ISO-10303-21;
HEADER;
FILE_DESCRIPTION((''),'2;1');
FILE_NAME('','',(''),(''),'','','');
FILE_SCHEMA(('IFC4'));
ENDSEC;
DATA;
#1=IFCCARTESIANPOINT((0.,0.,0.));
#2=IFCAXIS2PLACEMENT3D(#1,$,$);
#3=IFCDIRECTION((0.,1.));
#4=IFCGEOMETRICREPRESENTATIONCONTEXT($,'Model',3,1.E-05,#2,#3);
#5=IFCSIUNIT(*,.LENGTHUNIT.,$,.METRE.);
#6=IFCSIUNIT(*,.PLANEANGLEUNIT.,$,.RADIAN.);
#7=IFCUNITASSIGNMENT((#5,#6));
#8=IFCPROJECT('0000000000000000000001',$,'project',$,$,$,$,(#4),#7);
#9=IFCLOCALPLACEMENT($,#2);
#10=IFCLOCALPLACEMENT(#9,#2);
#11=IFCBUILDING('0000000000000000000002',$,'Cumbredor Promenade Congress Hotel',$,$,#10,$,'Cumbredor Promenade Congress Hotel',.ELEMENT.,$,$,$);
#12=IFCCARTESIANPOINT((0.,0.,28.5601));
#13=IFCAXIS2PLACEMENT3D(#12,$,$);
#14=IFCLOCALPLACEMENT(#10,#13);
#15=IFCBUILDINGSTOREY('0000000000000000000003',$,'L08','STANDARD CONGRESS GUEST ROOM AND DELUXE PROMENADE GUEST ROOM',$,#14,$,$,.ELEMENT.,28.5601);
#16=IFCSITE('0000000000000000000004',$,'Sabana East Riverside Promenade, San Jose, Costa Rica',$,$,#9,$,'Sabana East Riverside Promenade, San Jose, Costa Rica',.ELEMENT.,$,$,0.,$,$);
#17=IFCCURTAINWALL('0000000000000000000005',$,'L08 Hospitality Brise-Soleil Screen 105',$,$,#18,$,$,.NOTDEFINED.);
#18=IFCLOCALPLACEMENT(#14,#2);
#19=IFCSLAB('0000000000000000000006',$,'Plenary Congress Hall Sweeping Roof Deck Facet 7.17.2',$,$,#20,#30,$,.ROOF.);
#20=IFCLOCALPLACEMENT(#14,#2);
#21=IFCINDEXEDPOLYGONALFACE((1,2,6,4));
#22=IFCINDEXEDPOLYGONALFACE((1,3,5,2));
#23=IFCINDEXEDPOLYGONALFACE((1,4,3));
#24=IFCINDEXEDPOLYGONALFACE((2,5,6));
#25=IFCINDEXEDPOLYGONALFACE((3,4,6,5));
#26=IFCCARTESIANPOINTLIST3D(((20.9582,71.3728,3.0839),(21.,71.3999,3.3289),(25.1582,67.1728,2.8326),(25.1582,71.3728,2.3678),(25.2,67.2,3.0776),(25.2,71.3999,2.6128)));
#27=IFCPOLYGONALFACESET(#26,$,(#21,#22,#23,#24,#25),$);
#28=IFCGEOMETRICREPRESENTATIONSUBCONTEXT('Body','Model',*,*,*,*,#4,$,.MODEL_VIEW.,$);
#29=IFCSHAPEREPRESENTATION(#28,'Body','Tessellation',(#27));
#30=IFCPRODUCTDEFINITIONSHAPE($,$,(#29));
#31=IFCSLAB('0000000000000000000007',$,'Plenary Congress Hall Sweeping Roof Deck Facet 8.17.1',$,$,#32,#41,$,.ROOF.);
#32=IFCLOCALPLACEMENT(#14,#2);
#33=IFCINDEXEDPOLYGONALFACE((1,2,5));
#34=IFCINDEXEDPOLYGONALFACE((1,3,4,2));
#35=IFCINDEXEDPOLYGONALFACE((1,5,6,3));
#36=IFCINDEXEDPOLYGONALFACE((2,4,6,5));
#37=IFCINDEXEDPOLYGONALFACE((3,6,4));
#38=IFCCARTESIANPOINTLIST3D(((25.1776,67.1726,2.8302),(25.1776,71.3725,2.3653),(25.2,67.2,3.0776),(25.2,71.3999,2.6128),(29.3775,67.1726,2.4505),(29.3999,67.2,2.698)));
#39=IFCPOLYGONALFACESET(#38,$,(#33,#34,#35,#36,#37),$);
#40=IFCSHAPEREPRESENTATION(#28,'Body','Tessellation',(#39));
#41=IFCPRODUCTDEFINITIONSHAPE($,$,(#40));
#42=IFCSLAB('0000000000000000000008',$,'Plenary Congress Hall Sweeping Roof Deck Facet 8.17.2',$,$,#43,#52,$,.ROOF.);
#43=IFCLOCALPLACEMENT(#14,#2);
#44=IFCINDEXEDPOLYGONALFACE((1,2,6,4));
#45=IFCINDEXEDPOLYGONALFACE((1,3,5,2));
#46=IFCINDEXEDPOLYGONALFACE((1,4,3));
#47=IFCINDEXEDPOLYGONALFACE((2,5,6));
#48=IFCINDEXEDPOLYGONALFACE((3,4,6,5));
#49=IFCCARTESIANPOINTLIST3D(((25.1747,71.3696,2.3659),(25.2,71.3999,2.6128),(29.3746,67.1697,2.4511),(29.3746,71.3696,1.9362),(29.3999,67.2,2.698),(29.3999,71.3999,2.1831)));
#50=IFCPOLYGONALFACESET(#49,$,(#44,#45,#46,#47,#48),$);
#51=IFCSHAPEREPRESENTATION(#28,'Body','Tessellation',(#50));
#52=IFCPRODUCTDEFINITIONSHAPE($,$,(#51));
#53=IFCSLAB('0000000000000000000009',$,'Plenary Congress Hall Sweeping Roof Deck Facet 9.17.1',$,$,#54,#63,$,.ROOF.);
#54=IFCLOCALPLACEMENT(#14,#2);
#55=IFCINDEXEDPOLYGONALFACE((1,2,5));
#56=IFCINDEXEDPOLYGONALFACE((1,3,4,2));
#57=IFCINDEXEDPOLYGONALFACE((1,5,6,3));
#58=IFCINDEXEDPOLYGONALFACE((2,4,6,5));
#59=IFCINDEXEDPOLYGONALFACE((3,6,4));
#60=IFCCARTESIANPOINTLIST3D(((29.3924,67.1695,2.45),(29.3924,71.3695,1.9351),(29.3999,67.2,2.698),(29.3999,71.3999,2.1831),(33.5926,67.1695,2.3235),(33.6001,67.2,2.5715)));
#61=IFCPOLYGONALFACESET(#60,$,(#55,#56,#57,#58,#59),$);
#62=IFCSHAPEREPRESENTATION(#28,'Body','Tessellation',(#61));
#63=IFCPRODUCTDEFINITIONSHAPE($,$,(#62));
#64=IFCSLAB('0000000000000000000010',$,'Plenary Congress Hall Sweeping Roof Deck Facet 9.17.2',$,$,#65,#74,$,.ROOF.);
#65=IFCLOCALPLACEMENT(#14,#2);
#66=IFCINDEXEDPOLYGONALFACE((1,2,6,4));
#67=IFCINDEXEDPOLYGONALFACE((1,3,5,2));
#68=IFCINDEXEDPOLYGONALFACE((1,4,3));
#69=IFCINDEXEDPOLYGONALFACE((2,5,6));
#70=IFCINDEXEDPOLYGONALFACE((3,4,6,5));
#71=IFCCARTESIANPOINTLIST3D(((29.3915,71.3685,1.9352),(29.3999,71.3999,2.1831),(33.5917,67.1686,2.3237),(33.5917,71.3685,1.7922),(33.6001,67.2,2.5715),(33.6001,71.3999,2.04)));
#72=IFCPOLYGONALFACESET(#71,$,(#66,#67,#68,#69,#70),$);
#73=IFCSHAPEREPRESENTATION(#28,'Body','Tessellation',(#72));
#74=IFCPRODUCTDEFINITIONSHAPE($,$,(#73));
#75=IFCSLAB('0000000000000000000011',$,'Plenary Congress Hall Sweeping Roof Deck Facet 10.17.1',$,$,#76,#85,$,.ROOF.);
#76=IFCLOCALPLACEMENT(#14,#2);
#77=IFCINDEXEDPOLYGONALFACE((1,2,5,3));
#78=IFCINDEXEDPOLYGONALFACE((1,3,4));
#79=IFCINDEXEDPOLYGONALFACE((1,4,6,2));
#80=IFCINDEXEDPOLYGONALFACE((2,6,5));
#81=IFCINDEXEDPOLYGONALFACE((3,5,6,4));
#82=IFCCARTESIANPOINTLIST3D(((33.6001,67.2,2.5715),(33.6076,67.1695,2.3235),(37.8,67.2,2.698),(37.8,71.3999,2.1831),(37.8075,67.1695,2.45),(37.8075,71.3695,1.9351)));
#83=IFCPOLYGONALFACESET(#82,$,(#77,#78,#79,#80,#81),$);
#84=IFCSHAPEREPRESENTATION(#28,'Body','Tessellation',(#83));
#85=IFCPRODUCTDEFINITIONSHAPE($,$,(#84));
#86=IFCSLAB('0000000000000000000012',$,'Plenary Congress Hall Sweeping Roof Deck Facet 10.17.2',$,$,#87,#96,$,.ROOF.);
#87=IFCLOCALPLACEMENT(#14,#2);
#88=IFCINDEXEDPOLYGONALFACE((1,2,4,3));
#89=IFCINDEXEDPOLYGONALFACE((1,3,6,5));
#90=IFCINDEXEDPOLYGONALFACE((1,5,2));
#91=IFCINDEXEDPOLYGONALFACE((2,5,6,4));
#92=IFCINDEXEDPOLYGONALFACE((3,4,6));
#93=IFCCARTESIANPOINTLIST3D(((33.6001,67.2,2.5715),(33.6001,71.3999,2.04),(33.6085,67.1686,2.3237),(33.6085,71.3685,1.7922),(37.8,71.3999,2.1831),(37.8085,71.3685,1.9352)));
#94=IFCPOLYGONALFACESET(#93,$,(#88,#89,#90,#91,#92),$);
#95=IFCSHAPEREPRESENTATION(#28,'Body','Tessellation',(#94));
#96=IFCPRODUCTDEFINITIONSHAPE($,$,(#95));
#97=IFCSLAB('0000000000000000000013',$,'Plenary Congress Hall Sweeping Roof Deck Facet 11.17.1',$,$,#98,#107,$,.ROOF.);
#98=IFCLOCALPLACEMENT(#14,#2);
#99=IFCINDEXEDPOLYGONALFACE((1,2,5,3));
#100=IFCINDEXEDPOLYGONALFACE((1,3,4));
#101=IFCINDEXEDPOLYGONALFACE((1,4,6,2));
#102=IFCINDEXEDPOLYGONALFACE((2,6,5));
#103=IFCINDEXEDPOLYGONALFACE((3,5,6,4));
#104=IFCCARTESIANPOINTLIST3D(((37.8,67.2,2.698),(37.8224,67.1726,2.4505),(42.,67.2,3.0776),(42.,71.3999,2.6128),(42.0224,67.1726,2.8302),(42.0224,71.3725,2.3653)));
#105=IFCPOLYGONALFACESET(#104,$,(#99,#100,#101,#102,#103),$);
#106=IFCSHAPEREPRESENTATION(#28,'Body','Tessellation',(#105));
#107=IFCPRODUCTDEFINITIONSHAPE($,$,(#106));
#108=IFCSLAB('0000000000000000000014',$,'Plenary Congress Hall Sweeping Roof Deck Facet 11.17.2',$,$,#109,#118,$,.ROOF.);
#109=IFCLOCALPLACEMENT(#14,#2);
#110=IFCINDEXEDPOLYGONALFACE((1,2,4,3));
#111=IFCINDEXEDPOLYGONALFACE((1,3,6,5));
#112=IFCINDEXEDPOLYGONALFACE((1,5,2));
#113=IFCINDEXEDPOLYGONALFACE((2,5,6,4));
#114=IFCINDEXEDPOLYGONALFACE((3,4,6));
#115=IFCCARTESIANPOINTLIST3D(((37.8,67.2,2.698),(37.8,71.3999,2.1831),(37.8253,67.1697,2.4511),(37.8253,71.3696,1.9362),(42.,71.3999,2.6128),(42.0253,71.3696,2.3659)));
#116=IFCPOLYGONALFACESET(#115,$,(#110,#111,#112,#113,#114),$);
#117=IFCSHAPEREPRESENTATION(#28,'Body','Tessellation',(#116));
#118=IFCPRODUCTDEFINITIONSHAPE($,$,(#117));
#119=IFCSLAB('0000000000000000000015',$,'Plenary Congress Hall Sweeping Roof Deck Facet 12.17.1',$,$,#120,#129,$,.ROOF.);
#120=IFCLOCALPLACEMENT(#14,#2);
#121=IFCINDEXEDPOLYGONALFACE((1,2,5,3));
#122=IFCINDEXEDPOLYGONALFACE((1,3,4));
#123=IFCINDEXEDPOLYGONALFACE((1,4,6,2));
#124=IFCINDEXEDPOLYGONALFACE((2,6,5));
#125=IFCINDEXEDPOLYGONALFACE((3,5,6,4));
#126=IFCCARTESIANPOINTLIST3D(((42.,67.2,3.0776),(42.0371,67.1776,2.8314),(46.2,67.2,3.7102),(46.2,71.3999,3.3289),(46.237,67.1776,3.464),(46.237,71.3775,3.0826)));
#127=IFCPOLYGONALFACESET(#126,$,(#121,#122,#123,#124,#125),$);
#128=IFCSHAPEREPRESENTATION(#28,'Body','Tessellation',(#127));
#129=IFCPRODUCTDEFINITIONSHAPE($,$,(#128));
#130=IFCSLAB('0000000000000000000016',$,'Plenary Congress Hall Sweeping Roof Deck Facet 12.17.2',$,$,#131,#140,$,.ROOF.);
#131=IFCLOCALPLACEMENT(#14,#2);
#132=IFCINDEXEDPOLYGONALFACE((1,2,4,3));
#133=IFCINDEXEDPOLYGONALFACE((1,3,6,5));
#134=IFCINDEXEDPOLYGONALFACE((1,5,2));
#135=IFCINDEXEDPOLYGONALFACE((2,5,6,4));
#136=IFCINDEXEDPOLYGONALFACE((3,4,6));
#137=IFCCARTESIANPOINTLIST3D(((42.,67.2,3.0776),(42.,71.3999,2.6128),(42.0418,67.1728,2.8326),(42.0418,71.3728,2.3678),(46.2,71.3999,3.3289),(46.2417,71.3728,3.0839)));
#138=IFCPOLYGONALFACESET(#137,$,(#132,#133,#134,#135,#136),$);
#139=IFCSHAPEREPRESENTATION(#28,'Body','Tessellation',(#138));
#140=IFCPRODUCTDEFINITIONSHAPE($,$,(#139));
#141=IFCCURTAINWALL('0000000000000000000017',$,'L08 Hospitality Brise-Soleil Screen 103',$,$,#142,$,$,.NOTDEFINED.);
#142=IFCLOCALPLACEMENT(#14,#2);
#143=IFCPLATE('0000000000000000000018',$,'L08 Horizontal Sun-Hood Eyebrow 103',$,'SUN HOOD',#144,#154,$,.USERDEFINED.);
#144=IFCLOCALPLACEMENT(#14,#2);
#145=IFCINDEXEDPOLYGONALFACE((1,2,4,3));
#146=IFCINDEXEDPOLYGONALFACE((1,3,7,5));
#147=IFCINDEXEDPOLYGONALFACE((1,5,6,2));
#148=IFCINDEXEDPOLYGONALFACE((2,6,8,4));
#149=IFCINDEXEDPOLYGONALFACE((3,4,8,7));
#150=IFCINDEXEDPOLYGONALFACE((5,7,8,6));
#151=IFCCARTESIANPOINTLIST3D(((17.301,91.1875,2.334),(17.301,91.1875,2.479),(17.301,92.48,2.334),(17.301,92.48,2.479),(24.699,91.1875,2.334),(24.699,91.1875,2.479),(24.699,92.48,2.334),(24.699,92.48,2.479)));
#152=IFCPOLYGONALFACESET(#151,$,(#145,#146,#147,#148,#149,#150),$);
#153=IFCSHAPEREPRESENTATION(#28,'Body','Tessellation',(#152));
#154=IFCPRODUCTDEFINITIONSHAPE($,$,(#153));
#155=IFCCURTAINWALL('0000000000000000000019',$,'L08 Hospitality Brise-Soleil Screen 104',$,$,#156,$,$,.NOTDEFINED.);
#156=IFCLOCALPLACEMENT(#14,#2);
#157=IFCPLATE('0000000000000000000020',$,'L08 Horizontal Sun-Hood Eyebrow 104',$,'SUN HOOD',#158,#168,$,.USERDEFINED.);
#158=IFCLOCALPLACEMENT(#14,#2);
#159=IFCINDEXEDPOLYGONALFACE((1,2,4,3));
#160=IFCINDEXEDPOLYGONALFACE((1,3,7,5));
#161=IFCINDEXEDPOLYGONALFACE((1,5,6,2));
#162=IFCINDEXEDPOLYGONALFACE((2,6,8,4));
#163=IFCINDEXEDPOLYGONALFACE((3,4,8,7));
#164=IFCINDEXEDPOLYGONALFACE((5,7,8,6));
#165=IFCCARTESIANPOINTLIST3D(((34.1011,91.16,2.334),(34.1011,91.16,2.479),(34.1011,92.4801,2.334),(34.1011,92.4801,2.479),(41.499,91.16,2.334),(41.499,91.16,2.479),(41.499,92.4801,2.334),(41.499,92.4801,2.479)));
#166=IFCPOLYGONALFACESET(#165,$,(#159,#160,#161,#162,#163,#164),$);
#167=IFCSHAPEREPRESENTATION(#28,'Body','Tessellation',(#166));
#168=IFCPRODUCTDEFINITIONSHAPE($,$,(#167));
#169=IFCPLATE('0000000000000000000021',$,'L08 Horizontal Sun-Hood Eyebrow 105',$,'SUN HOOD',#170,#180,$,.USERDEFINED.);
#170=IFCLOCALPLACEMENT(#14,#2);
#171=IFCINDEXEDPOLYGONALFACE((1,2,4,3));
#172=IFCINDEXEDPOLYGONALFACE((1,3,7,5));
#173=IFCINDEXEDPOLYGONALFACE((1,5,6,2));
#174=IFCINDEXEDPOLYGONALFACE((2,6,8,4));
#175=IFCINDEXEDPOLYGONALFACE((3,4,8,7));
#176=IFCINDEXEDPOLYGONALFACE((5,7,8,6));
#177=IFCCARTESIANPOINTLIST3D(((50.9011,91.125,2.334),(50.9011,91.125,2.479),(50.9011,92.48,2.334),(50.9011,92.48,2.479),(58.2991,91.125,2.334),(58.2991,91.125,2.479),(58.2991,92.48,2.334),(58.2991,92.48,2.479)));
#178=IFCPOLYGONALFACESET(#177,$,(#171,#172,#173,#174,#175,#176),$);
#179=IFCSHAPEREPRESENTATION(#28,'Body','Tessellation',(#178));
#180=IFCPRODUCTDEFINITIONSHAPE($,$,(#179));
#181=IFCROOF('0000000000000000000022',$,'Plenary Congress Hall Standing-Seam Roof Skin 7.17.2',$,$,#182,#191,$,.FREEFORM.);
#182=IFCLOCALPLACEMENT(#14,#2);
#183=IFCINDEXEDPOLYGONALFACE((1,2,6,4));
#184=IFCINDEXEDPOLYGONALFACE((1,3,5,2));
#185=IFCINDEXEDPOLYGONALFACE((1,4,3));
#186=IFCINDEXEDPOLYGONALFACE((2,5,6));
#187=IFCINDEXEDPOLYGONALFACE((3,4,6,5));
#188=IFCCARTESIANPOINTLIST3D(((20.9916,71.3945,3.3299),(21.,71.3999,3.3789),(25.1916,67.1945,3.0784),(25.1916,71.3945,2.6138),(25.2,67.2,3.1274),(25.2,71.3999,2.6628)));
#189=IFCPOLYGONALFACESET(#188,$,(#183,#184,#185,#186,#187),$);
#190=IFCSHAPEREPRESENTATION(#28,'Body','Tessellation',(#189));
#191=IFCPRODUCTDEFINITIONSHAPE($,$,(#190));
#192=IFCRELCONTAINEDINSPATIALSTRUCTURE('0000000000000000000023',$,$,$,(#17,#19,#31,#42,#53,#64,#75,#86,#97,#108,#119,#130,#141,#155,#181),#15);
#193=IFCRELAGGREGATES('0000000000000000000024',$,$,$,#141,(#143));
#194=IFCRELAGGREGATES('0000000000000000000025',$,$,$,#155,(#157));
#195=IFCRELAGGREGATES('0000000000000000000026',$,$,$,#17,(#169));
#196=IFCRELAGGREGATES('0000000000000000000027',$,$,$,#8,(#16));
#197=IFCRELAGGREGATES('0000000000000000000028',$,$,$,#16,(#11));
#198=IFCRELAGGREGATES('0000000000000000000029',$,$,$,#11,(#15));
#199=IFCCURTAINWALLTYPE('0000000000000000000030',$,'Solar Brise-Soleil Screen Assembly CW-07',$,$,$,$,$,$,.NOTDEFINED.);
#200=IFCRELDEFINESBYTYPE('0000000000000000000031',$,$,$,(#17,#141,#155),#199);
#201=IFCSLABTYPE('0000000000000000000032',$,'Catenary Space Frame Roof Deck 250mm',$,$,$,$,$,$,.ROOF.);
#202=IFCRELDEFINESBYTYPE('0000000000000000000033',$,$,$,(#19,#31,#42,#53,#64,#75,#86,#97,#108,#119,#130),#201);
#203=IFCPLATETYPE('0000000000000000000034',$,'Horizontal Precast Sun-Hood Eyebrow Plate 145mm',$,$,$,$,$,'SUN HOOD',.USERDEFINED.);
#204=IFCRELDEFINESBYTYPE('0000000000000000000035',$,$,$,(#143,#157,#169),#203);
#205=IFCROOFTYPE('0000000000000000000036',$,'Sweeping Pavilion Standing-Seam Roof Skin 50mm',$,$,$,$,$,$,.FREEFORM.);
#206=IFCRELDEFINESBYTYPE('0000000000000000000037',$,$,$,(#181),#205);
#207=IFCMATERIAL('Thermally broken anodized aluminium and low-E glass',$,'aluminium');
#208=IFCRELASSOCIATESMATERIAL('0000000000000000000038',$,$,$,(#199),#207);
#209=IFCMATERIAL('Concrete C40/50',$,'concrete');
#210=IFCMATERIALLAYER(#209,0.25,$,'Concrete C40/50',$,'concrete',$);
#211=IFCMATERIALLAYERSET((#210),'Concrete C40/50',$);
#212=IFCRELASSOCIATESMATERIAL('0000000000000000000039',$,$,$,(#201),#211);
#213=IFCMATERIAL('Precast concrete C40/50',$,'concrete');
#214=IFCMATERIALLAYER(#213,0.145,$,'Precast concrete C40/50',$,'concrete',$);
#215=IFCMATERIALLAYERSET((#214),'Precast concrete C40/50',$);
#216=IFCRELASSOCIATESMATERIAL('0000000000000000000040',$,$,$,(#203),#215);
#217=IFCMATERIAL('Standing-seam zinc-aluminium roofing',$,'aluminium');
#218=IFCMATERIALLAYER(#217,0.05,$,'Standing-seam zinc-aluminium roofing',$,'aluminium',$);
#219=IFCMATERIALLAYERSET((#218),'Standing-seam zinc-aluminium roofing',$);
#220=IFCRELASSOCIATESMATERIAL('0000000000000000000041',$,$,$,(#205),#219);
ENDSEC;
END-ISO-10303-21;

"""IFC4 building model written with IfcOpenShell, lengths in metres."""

from ifc_helpers import new_model, si_unit, direction, frame, origin, origin_2d, place, context, subcontext, project, spatial, polyline, rectangle, outline, extrude, material, layer, layer_set, type_object, element, aggregate, save


model = new_model("IFC4")

# Units and contexts
model_context = context("Model", 3, precision=1e-05, world=origin(), true_north=direction((0.0, 1.0)))
body_context = subcontext(model_context, "Body", "Model", "MODEL_VIEW")
ifc_project = project(units=[si_unit("LENGTHUNIT", "METRE"), si_unit("PLANEANGLEUNIT", "RADIAN")], contexts=[model_context])

# Site, building, storey
site_placement = place(None, origin())
site = spatial("IfcSite", under=ifc_project, at=site_placement, Name="Sabana East Riverside Promenade, San Jose, Costa Rica", LongName="Sabana East Riverside Promenade, San Jose, Costa Rica", CompositionType="ELEMENT", RefElevation=0.0)
building_placement = place(site_placement, origin())
building = spatial("IfcBuilding", under=site, at=building_placement, Name="Cumbredor Promenade Congress Hotel", LongName="Cumbredor Promenade Congress Hotel", CompositionType="ELEMENT")
storey_placement = place(building_placement, frame((0.0, 0.0, 28.5601)))
storey = spatial("IfcBuildingStorey", under=building, at=storey_placement, Name="L08", Description="STANDARD CONGRESS GUEST ROOM AND DELUXE PROMENADE GUEST ROOM", CompositionType="ELEMENT", Elevation=28.5601)

# Curtain wall
ifc_material_1 = material(Name="Thermally broken anodized aluminium and low-E glass", Category="aluminium")
curtain_wall_type = type_object("IfcCurtainWallType", Name="Solar Brise-Soleil Screen Assembly CW-07", PredefinedType="NOTDEFINED", material=ifc_material_1)
curtain_wall_1_placement = place(storey_placement, origin())
curtain_wall_1 = element("IfcCurtainWall", 1, at=curtain_wall_1_placement, inside=storey, type_object=curtain_wall_type, Name="L08 Hospitality Brise-Soleil Screen 105", PredefinedType="NOTDEFINED")

# Slabs
ifc_material_2 = material(Name="Concrete C40/50", Category="concrete")
ifc_layer_1 = layer(ifc_material_2, 0.25, Name="Concrete C40/50", Category="concrete")
ifc_layer_set_1 = layer_set([ifc_layer_1], Name="Concrete C40/50")
slab_type = type_object("IfcSlabType", Name="Catenary Space Frame Roof Deck 250mm", PredefinedType="ROOF", material=ifc_layer_set_1)
slab_1_placement = place(storey_placement, frame((25.2, 67.2, 3.0776), z_axis=(0.167077, 0.10846, 0.97996), x_axis=(0.0, 0.993931, -0.110007)))
element("IfcSlab", 2, at=slab_1_placement, inside=storey, type_object=slab_type, Name="Plenary Congress Hall Sweeping Roof Deck Facet 7.17.2", PredefinedType="ROOF", context=body_context, shape_type="SweptSolid", body=[
    extrude(outline(polyline([(0.0, 0.0), (4.2256, 0.0), (4.1468, 4.2598), (0.0, 0.0)])), origin(), (0.0, 0.0, -1.0), 0.25),
])
slab_2_placement = place(storey_placement, frame((25.2, 67.2, 3.0776), z_axis=(0.089482, 0.109565, 0.989944), x_axis=(0.99594, 0.0, -0.090024)))
element("IfcSlab", 3, at=slab_2_placement, inside=storey, type_object=slab_type, Name="Plenary Congress Hall Sweeping Roof Deck Facet 8.17.1", PredefinedType="ROOF", context=body_context, shape_type="SweptSolid", body=[
    extrude(outline(polyline([(0.0, 0.0), (4.2171, 0.0), (0.0418, 4.2254), (0.0, 0.0)])), origin(), (0.0, 0.0, -1.0), 0.25),
])
slab_3_placement = place(storey_placement, frame((29.3999, 67.2, 2.698), z_axis=(0.101028, 0.121061, 0.987491), x_axis=(0.0, 0.992569, -0.121684)))
element("IfcSlab", 4, at=slab_3_placement, inside=storey, type_object=slab_type, Name="Plenary Congress Hall Sweeping Roof Deck Facet 8.17.2", PredefinedType="ROOF", context=body_context, shape_type="SweptSolid", body=[
    extrude(outline(polyline([(0.0, 0.0), (4.2314, 0.0), (4.1791, 4.2216), (0.0, 0.0)])), origin(), (0.0, 0.0, -1.0), 0.25),
])
slab_4_placement = place(storey_placement, frame((29.3999, 67.2, 2.698), z_axis=(0.029872, 0.12163, 0.992126), x_axis=(0.999547, 0.0, -0.030096)))
element("IfcSlab", 5, at=slab_4_placement, inside=storey, type_object=slab_type, Name="Plenary Congress Hall Sweeping Roof Deck Facet 9.17.1", PredefinedType="ROOF", context=body_context, shape_type="SweptSolid", body=[
    extrude(outline(polyline([(0.0, 0.0), (4.2021, 0.0), (0.0155, 4.2314), (0.0, 0.0)])), origin(), (0.0, 0.0, -1.0), 0.25),
])
slab_5_placement = place(storey_placement, frame((33.6001, 67.2, 2.5715), z_axis=(0.033773, 0.125475, 0.991522), x_axis=(0.0, 0.992088, -0.125546)))
element("IfcSlab", 6, at=slab_5_placement, inside=storey, type_object=slab_type, Name="Plenary Congress Hall Sweeping Roof Deck Facet 9.17.2", PredefinedType="ROOF", context=body_context, shape_type="SweptSolid", body=[
    extrude(outline(polyline([(0.0, 0.0), (4.2334, 0.0), (4.2155, 4.2026), (0.0, 0.0)])), origin(), (0.0, 0.0, -1.0), 0.25),
])
slab_6_placement = place(storey_placement, frame((33.6001, 67.2, 2.5715), z_axis=(-0.029874, 0.12163, 0.992126), x_axis=(0.999547, 0.0, 0.030097)))
element("IfcSlab", 7, at=slab_6_placement, inside=storey, type_object=slab_type, Name="Plenary Congress Hall Sweeping Roof Deck Facet 10.17.1", PredefinedType="ROOF", context=body_context, shape_type="SweptSolid", body=[
    extrude(outline(polyline([(0.0, 0.0), (4.2019, 0.0), (4.1864, 4.2314), (0.0, 0.0)])), origin(), (0.0, 0.0, -1.0), 0.25),
])
slab_7_placement = place(storey_placement, frame((33.6001, 67.2, 2.5715), z_axis=(-0.033775, 0.125475, 0.991522), x_axis=(0.7056, 0.7056, -0.065257)))
element("IfcSlab", 8, at=slab_7_placement, inside=storey, type_object=slab_type, Name="Plenary Congress Hall Sweeping Roof Deck Facet 10.17.2", PredefinedType="ROOF", context=body_context, shape_type="SweptSolid", body=[
    extrude(outline(polyline([(0.0, 0.0), (5.9523, 0.0), (2.9982, 2.9888), (0.0, 0.0)])), origin(), (0.0, 0.0, -1.0), 0.25),
])
slab_8_placement = place(storey_placement, frame((37.8, 67.2, 2.698), z_axis=(-0.089482, 0.109565, 0.989944), x_axis=(0.99594, 0.0, 0.090024)))
element("IfcSlab", 9, at=slab_8_placement, inside=storey, type_object=slab_type, Name="Plenary Congress Hall Sweeping Roof Deck Facet 11.17.1", PredefinedType="ROOF", context=body_context, shape_type="SweptSolid", body=[
    extrude(outline(polyline([(0.0, 0.0), (4.2171, 0.0), (4.1752, 4.2254), (0.0, 0.0)])), origin(), (0.0, 0.0, -1.0), 0.25),
])
slab_9_placement = place(storey_placement, frame((37.8, 67.2, 2.698), z_axis=(-0.101028, 0.121061, 0.987491), x_axis=(0.707034, 0.707034, -0.014344)))
element("IfcSlab", 10, at=slab_9_placement, inside=storey, type_object=slab_type, Name="Plenary Congress Hall Sweeping Roof Deck Facet 11.17.2", PredefinedType="ROOF", context=body_context, shape_type="SweptSolid", body=[
    extrude(outline(polyline([(0.0, 0.0), (5.9402, 0.0), (2.9769, 3.0071), (0.0, 0.0)])), origin(), (0.0, 0.0, -1.0), 0.25),
])
slab_10_placement = place(storey_placement, frame((42.0, 67.2, 3.0776), z_axis=(-0.148337, 0.089426, 0.984885), x_axis=(0.988847, 0.0, 0.148934)))
element("IfcSlab", 11, at=slab_10_placement, inside=storey, type_object=slab_type, Name="Plenary Congress Hall Sweeping Roof Deck Facet 12.17.1", PredefinedType="ROOF", context=body_context, shape_type="SweptSolid", body=[
    extrude(outline(polyline([(0.0, 0.0), (4.2473, 0.0), (4.1905, 4.2168), (0.0, 0.0)])), origin(), (0.0, 0.0, -1.0), 0.25),
])
slab_11_placement = place(storey_placement, frame((42.0, 67.2, 3.0776), z_axis=(-0.167077, 0.10846, 0.97996), x_axis=(0.706475, 0.706475, 0.042258)))
element("IfcSlab", 12, at=slab_11_placement, inside=storey, type_object=slab_type, Name="Plenary Congress Hall Sweeping Roof Deck Facet 12.17.2", PredefinedType="ROOF", context=body_context, shape_type="SweptSolid", body=[
    extrude(outline(polyline([(0.0, 0.0), (5.9449, 0.0), (2.9475, 3.0278), (0.0, 0.0)])), origin(), (0.0, 0.0, -1.0), 0.25),
])

# Curtain walls, plates
curtain_wall_2_placement = place(storey_placement, origin())
curtain_wall_2 = element("IfcCurtainWall", 13, at=curtain_wall_2_placement, inside=storey, type_object=curtain_wall_type, Name="L08 Hospitality Brise-Soleil Screen 103", PredefinedType="NOTDEFINED")
ifc_material_3 = material(Name="Precast concrete C40/50", Category="concrete")
ifc_layer_2 = layer(ifc_material_3, 0.145, Name="Precast concrete C40/50", Category="concrete")
ifc_layer_set_2 = layer_set([ifc_layer_2], Name="Precast concrete C40/50")
plate_type = type_object("IfcPlateType", Name="Horizontal Precast Sun-Hood Eyebrow Plate 145mm", ElementType="SUN HOOD", PredefinedType="USERDEFINED", material=ifc_layer_set_2)
plate_1_placement = place(storey_placement, frame((21.0, 91.8337, 2.334), z_axis=(0.0, 0.0, 1.0), x_axis=(1.0, 0.0, 0.0)))
plate_1 = element("IfcPlate", 14, at=plate_1_placement, type_object=plate_type, Name="L08 Horizontal Sun-Hood Eyebrow 103", ObjectType="SUN HOOD", PredefinedType="USERDEFINED", context=body_context, shape_type="SweptSolid", body=[
    extrude(rectangle(XDim=7.3979, YDim=1.2925, at=origin_2d()), origin(), (0.0, 0.0, 1.0), 0.145),
])
aggregate(curtain_wall_2, [plate_1])
curtain_wall_3_placement = place(storey_placement, origin())
curtain_wall_3 = element("IfcCurtainWall", 15, at=curtain_wall_3_placement, inside=storey, type_object=curtain_wall_type, Name="L08 Hospitality Brise-Soleil Screen 104", PredefinedType="NOTDEFINED")
plate_2_placement = place(storey_placement, frame((37.8, 91.8201, 2.334), z_axis=(0.0, 0.0, 1.0), x_axis=(1.0, 0.0, 0.0)))
plate_2 = element("IfcPlate", 16, at=plate_2_placement, type_object=plate_type, Name="L08 Horizontal Sun-Hood Eyebrow 104", ObjectType="SUN HOOD", PredefinedType="USERDEFINED", context=body_context, shape_type="SweptSolid", body=[
    extrude(rectangle(XDim=7.3979, YDim=1.3201, at=origin_2d()), origin(), (0.0, 0.0, 1.0), 0.145),
])
aggregate(curtain_wall_3, [plate_2])

# Plate
plate_3_placement = place(storey_placement, frame((54.6001, 91.8025, 2.334), z_axis=(0.0, 0.0, 1.0), x_axis=(1.0, 0.0, 0.0)))
plate_3 = element("IfcPlate", 17, at=plate_3_placement, type_object=plate_type, Name="L08 Horizontal Sun-Hood Eyebrow 105", ObjectType="SUN HOOD", PredefinedType="USERDEFINED", context=body_context, shape_type="SweptSolid", body=[
    extrude(rectangle(XDim=7.3979, YDim=1.355, at=origin_2d()), origin(), (0.0, 0.0, 1.0), 0.145),
])
aggregate(curtain_wall_1, [plate_3])

# Roof
ifc_material_4 = material(Name="Standing-seam zinc-aluminium roofing", Category="aluminium")
ifc_layer_3 = layer(ifc_material_4, 0.05, Name="Standing-seam zinc-aluminium roofing", Category="aluminium")
ifc_layer_set_3 = layer_set([ifc_layer_3], Name="Standing-seam zinc-aluminium roofing")
roof_type = type_object("IfcRoofType", Name="Sweeping Pavilion Standing-Seam Roof Skin 50mm", PredefinedType="FREEFORM", material=ifc_layer_set_3)
roof_1_placement = place(storey_placement, frame((25.2, 67.2, 3.1274), z_axis=(0.167078, 0.108404, 0.979966), x_axis=(0.0, 0.993937, -0.10995)))
element("IfcRoof", 18, at=roof_1_placement, inside=storey, type_object=roof_type, Name="Plenary Congress Hall Standing-Seam Roof Skin 7.17.2", PredefinedType="FREEFORM", context=body_context, shape_type="SweptSolid", body=[
    extrude(outline(polyline([(0.0, 0.0), (4.2256, 0.0), (4.1468, 4.2598), (0.0, 0.0)])), origin(), (0.0, 0.0, -1.0), 0.05),
])

save(model, "model.ifc")
